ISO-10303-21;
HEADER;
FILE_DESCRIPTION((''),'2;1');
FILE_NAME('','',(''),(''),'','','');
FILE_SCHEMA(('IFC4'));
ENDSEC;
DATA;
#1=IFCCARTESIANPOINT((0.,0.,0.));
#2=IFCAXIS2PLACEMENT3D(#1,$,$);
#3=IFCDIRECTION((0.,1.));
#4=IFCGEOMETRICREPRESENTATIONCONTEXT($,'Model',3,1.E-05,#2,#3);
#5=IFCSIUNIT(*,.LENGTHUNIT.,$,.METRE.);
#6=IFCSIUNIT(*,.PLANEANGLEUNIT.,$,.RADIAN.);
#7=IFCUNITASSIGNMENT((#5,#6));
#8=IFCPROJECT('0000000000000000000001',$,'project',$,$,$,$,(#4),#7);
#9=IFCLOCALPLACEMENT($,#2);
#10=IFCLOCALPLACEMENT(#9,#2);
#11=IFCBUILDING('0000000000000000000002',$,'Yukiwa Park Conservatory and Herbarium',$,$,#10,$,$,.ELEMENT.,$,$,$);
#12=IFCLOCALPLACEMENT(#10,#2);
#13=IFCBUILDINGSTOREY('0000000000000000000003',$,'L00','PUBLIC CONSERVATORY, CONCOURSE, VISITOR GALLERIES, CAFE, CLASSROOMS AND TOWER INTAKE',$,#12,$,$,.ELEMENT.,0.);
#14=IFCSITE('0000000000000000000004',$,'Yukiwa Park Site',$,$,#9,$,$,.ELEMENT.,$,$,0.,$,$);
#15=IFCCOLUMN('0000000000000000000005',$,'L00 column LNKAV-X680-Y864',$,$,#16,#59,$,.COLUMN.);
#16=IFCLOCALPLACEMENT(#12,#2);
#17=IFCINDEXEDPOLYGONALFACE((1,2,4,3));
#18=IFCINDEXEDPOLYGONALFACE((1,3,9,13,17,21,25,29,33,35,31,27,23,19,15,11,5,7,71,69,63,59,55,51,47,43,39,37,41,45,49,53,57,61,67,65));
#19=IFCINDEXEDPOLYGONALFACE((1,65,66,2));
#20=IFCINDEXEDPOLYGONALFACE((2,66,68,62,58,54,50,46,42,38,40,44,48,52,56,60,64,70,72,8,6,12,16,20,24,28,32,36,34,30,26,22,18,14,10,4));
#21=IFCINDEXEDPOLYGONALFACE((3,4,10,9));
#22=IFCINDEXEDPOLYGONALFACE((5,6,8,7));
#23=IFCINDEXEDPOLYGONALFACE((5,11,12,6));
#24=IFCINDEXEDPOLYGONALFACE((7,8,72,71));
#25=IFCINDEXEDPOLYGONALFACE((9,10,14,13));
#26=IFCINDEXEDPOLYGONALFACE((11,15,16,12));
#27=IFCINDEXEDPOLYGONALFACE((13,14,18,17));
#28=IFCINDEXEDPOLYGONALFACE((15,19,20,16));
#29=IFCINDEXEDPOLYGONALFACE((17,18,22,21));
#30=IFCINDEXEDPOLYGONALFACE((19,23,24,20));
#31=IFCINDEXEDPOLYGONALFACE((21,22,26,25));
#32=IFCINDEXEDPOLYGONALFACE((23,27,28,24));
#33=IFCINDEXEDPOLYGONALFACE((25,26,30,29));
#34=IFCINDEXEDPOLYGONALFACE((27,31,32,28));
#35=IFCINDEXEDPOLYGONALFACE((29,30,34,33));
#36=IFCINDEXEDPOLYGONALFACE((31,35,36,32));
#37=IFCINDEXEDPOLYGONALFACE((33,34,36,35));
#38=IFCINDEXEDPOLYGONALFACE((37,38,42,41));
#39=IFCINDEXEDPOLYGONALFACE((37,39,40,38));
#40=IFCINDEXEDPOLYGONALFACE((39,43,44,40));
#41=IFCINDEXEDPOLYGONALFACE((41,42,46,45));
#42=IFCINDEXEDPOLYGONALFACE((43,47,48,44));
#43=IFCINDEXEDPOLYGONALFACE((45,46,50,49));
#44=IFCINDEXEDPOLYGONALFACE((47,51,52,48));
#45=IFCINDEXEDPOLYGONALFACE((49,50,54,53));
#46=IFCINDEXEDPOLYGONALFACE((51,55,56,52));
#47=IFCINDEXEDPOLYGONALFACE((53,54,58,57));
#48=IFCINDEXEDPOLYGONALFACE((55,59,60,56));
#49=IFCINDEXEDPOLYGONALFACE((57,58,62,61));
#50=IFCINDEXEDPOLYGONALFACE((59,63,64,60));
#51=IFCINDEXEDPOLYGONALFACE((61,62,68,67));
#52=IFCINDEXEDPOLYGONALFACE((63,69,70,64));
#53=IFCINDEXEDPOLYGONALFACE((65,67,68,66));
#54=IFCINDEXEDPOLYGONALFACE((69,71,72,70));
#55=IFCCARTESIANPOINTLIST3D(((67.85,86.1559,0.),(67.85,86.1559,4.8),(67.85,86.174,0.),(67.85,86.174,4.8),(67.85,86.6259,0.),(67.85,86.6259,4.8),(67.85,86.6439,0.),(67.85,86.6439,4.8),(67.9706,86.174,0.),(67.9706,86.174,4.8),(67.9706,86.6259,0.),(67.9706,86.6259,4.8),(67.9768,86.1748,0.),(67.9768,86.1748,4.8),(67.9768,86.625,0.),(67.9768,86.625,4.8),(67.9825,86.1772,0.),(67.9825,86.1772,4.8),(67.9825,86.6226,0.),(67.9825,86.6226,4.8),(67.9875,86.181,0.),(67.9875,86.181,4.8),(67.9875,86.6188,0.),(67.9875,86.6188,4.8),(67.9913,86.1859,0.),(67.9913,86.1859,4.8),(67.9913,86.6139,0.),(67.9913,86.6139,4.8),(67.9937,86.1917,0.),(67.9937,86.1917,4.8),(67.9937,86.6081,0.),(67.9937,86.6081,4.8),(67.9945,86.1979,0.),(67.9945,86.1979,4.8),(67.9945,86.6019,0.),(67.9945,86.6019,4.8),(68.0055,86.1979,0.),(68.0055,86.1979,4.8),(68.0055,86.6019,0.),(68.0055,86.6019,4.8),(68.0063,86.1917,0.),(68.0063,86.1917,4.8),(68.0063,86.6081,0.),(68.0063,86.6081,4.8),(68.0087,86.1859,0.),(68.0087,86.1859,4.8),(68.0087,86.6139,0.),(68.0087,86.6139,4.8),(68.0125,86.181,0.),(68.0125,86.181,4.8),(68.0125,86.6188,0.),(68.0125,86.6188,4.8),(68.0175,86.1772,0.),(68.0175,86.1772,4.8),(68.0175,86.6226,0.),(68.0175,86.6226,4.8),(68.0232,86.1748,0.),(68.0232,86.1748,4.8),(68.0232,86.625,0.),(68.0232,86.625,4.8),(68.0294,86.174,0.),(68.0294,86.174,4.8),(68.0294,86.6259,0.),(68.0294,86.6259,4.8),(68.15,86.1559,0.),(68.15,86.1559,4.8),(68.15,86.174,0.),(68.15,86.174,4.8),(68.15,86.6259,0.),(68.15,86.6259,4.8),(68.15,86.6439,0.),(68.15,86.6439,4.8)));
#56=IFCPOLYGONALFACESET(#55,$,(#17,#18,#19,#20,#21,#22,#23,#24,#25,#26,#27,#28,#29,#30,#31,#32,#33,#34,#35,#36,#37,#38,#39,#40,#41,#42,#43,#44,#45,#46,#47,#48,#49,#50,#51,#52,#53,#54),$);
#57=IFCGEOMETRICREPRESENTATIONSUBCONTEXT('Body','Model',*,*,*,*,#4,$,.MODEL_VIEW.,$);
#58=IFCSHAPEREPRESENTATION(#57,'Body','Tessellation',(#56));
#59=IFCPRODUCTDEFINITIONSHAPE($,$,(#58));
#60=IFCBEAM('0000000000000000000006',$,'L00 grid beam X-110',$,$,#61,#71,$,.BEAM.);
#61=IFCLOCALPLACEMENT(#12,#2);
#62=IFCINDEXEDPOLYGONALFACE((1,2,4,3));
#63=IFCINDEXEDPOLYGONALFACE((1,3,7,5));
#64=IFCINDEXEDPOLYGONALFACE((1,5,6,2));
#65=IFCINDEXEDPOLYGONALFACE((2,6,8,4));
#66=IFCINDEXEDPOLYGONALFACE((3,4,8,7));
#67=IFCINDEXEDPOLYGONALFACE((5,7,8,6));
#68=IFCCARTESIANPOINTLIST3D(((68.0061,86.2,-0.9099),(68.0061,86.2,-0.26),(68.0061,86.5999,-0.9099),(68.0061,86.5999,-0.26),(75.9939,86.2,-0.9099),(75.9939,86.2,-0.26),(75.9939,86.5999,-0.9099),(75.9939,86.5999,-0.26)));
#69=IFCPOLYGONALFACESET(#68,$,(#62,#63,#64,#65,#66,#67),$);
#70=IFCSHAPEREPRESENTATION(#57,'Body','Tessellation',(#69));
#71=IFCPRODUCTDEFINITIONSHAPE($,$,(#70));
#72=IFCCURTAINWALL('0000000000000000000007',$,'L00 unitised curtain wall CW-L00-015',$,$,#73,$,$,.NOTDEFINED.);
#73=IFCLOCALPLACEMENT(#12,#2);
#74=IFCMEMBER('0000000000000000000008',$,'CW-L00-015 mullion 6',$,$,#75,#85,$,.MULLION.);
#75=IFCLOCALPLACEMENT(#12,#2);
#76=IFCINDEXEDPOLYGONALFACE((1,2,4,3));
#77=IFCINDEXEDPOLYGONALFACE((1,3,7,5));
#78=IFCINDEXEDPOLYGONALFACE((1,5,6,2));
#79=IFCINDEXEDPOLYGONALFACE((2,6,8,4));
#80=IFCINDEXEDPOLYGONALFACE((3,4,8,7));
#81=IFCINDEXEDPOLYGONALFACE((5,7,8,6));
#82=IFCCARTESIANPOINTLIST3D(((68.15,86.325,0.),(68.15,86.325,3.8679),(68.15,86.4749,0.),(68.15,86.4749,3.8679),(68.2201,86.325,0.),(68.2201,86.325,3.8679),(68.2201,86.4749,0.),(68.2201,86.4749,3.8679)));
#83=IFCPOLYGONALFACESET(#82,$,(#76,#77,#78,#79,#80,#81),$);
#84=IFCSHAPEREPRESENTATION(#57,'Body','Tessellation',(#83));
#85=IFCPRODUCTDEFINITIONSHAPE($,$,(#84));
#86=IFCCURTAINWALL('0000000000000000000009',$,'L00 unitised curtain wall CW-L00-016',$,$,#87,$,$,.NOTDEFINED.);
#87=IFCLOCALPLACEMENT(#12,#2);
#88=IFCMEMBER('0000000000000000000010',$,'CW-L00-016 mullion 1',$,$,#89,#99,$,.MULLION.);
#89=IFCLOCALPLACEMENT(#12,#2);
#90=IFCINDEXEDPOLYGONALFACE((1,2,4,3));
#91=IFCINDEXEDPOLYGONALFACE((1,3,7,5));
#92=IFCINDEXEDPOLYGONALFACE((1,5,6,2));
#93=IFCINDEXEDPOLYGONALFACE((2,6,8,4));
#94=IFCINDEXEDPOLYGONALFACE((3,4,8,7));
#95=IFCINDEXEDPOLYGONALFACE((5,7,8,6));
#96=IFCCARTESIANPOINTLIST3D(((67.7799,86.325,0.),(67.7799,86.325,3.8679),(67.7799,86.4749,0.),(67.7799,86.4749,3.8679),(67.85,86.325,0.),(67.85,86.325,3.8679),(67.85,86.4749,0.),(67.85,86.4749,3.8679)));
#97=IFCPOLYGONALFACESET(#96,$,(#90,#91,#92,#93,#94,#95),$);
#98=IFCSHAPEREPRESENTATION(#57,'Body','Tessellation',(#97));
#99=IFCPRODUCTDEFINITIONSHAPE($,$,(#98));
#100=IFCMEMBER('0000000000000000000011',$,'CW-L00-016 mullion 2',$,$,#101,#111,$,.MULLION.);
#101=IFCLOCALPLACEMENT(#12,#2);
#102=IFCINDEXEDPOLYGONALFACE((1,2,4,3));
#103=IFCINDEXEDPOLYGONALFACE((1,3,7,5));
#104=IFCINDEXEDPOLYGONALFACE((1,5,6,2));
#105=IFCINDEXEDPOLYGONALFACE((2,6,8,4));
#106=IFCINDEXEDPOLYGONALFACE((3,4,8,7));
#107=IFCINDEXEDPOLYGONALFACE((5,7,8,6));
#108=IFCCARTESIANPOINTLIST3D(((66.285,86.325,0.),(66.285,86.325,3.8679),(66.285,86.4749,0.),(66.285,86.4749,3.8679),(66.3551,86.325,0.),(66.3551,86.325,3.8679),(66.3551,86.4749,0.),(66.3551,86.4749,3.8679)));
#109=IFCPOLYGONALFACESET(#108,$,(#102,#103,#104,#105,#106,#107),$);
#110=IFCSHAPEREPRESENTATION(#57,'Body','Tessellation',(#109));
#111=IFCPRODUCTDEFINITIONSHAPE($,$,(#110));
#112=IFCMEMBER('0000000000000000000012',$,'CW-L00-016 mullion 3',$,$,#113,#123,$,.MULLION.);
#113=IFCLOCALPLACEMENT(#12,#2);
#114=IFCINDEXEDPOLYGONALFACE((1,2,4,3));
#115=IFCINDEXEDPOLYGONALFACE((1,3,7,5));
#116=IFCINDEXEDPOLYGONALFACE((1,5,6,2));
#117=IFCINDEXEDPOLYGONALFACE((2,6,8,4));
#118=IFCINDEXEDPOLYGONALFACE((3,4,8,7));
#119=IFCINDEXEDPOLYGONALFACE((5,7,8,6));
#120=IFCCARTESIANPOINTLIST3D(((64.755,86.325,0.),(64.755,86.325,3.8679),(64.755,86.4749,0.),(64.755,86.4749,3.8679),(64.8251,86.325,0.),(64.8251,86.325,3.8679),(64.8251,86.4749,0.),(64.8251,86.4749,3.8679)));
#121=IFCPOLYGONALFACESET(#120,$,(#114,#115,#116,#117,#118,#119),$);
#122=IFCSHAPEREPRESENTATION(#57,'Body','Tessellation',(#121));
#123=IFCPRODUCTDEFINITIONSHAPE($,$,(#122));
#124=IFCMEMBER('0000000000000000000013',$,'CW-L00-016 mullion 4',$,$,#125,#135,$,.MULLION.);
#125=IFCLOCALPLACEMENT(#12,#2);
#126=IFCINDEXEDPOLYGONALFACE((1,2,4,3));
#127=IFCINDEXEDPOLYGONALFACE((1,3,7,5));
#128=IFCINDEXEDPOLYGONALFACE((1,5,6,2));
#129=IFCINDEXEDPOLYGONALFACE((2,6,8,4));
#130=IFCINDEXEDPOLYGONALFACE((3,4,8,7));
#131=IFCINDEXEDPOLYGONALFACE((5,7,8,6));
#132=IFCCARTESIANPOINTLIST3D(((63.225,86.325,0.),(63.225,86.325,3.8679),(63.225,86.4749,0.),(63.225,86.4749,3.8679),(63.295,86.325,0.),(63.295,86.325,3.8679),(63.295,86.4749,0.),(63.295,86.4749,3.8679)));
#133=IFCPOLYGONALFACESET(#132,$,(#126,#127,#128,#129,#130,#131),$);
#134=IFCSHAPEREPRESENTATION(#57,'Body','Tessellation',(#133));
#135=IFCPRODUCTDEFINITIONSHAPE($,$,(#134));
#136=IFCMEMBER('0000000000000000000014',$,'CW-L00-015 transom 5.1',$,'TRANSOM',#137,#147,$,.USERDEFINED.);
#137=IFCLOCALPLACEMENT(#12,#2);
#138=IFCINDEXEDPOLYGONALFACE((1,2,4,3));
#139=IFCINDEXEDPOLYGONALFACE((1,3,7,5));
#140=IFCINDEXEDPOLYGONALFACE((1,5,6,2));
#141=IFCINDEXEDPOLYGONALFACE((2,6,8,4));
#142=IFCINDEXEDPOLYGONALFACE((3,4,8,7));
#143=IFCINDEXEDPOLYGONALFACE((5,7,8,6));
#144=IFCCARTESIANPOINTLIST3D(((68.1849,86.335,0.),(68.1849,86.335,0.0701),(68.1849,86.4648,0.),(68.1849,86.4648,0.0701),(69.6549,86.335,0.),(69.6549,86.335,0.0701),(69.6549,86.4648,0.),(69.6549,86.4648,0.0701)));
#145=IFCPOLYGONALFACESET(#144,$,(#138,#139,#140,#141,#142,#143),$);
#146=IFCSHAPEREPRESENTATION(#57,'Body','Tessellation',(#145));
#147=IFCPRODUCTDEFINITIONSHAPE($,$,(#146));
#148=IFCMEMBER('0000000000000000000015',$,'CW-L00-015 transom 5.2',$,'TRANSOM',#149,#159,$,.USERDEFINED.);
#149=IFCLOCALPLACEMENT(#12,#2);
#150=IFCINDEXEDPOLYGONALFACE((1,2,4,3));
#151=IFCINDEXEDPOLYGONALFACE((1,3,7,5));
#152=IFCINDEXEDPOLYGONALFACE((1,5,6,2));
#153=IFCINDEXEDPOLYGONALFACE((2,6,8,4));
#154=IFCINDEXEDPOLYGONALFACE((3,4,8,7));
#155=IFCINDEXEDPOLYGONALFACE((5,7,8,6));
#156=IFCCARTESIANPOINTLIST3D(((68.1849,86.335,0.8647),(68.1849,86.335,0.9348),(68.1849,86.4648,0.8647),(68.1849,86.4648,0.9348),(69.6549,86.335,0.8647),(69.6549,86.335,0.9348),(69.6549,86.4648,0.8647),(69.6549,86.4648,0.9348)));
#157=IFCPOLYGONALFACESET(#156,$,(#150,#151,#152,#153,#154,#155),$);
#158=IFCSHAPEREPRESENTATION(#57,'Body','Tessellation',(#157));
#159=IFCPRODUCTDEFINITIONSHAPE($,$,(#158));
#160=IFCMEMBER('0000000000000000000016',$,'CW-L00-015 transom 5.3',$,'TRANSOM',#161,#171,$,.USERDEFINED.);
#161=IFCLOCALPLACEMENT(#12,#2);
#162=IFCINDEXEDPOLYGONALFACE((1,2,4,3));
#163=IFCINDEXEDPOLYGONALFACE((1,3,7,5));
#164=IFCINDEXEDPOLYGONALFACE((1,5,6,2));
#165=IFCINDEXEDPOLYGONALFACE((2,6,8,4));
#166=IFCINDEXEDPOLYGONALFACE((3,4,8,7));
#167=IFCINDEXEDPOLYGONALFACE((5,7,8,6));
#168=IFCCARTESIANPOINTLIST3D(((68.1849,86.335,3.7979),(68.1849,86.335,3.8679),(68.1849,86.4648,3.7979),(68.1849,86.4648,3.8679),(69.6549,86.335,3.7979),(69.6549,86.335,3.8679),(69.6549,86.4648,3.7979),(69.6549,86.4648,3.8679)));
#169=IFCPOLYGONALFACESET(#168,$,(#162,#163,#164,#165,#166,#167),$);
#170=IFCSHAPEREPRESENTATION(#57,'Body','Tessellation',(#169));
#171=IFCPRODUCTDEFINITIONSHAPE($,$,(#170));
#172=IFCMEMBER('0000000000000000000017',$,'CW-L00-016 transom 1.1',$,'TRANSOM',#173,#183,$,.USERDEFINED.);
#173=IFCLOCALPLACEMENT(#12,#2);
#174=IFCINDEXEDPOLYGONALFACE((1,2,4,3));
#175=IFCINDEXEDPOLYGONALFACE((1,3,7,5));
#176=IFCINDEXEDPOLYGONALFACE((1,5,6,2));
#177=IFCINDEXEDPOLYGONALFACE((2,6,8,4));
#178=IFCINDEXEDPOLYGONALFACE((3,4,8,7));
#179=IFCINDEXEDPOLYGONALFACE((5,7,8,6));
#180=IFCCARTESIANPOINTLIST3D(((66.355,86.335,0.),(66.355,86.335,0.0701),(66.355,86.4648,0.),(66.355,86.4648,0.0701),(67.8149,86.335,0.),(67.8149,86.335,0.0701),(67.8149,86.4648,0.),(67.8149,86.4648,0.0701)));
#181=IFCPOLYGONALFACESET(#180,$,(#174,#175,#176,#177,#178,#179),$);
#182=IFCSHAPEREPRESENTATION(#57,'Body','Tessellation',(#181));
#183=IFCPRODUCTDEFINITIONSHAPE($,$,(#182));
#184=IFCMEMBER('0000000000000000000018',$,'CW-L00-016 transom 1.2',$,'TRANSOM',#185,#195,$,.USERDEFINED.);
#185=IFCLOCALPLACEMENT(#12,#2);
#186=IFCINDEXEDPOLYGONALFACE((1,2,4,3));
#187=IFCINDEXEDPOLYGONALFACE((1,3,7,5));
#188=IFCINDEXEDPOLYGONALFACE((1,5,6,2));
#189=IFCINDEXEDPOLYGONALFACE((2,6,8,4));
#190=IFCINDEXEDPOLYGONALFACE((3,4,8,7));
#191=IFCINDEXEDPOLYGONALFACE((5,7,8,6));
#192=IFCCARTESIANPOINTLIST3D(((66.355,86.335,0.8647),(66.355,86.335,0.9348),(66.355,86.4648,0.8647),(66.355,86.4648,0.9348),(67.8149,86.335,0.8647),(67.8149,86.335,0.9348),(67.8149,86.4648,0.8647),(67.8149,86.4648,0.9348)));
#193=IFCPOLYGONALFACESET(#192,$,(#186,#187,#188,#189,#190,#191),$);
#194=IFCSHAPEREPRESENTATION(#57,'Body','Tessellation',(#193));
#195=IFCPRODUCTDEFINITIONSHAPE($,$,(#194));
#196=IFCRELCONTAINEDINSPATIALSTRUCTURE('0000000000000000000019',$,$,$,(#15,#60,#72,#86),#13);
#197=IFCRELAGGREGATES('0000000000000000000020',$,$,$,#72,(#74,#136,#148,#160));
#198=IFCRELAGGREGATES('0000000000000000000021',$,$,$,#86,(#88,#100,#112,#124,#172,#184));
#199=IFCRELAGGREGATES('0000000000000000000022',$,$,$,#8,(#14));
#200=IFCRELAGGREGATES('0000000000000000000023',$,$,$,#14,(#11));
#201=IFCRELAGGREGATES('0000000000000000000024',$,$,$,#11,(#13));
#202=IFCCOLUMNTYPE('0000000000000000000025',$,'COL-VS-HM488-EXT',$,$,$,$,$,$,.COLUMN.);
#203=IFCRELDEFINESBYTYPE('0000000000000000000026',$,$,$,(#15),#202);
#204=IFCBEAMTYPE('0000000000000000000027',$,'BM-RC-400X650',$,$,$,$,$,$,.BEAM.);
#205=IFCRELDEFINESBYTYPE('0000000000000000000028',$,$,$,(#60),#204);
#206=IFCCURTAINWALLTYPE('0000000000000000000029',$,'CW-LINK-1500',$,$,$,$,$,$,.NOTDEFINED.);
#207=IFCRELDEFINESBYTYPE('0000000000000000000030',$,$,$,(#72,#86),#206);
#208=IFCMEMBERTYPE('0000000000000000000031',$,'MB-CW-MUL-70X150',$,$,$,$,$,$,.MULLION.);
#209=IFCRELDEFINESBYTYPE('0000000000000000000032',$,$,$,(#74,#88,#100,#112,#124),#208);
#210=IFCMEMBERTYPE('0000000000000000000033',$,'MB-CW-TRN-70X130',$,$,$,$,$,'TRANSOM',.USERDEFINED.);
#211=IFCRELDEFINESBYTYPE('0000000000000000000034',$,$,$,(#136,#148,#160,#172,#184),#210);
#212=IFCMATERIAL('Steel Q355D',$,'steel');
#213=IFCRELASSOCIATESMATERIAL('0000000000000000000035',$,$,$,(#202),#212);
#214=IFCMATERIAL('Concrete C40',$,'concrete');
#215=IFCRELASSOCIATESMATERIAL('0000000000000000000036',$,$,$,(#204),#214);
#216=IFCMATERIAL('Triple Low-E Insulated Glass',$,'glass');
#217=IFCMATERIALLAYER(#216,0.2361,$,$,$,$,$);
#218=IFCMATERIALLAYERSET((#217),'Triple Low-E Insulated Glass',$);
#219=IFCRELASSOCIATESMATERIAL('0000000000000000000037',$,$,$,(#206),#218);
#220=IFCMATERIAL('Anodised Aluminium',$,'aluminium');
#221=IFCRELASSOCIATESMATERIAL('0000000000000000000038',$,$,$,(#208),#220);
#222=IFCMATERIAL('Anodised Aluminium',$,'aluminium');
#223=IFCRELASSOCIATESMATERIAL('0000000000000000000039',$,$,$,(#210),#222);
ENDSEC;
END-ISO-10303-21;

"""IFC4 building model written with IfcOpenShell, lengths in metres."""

from ifc_helpers import new_model, si_unit, direction, frame, origin, origin_2d, place, context, subcontext, project, spatial, rectangle, i_section, extrude, material, layer, layer_set, material_profile, profile_set, type_object, element, aggregate, save


model = new_model("IFC4")

# Units and contexts
model_context = context("Model", 3, precision=1e-05, world=origin(), true_north=direction((0.0, 1.0)))
body_context = subcontext(model_context, "Body", "Model", "MODEL_VIEW")
ifc_project = project(units=[si_unit("LENGTHUNIT", "METRE"), si_unit("PLANEANGLEUNIT", "RADIAN")], contexts=[model_context])

# Site, building, storey
site_placement = place(None, origin())
site = spatial("IfcSite", under=ifc_project, at=site_placement, Name="Yukiwa Park Site", CompositionType="ELEMENT", RefElevation=0.0)
building_placement = place(site_placement, origin())
building = spatial("IfcBuilding", under=site, at=building_placement, Name="Yukiwa Park Conservatory and Herbarium", CompositionType="ELEMENT")
storey_placement = place(building_placement, origin())
storey = spatial("IfcBuildingStorey", under=building, at=storey_placement, Name="L00", Description="PUBLIC CONSERVATORY, CONCOURSE, VISITOR GALLERIES, CAFE, CLASSROOMS AND TOWER INTAKE", CompositionType="ELEMENT", Elevation=0.0)

# Column
ifc_material_1 = material(Name="Steel Q355D", Category="steel")
ifc_material_profile_1 = material_profile(ifc_material_1, i_section(OverallWidth=0.3, OverallDepth=0.488, WebThickness=0.011, FlangeThickness=0.0181, FilletRadius=0.0239, at=origin_2d()), Name="HM 488x300x11x18")
ifc_profile_set_1 = profile_set([ifc_material_profile_1], Name="Steel Q355D")
column_type = type_object("IfcColumnType", Name="COL-VS-HM488-EXT", PredefinedType="COLUMN", material=ifc_profile_set_1)
column_placement = place(storey_placement, frame((68.0, 86.3999, 0.0), z_axis=(0.0, 0.0, 1.0), x_axis=(1.0, 0.0, 0.0)))
element("IfcColumn", 1, at=column_placement, inside=storey, type_object=column_type, Name="L00 column LNKAV-X680-Y864", PredefinedType="COLUMN", context=body_context, shape_type="SweptSolid", body=[
    extrude(i_section(OverallWidth=0.3, OverallDepth=0.488, WebThickness=0.011, FlangeThickness=0.0181, FilletRadius=0.0239, at=origin_2d()), origin(), (0.0, 0.0, 1.0), 4.8),
])

# Beam
ifc_material_2 = material(Name="Concrete C40", Category="concrete")
ifc_material_profile_2 = material_profile(ifc_material_2, rectangle(XDim=0.3999, YDim=0.6499, at=origin_2d()), Name="RC 400x650")
ifc_profile_set_2 = profile_set([ifc_material_profile_2], Name="Concrete C40")
beam_type = type_object("IfcBeamType", Name="BM-RC-400X650", PredefinedType="BEAM", material=ifc_profile_set_2)
beam_placement = place(storey_placement, frame((68.0061, 86.3999, -0.585), z_axis=(1.0, 0.0, 0.0), x_axis=(0.0, 1.0, 0.0)))
element("IfcBeam", 2, at=beam_placement, inside=storey, type_object=beam_type, Name="L00 grid beam X-110", PredefinedType="BEAM", context=body_context, shape_type="SweptSolid", body=[
    extrude(rectangle(XDim=0.3999, YDim=0.6499, at=origin_2d()), origin(), (0.0, 0.0, 1.0), 7.9878),
])

# Curtain wall, member
ifc_material_3 = material(Name="Triple Low-E Insulated Glass", Category="glass")
ifc_layer_1 = layer(ifc_material_3, 0.2361)
ifc_layer_set_1 = layer_set([ifc_layer_1], Name="Triple Low-E Insulated Glass")
curtain_wall_type = type_object("IfcCurtainWallType", Name="CW-LINK-1500", PredefinedType="NOTDEFINED", material=ifc_layer_set_1)
curtain_wall_1_placement = place(storey_placement, origin())
curtain_wall_1 = element("IfcCurtainWall", 3, at=curtain_wall_1_placement, inside=storey, type_object=curtain_wall_type, Name="L00 unitised curtain wall CW-L00-015", PredefinedType="NOTDEFINED")
ifc_material_4 = material(Name="Anodised Aluminium", Category="aluminium")
member_type_1 = type_object("IfcMemberType", Name="MB-CW-MUL-70X150", PredefinedType="MULLION", material=ifc_material_4)
member_1_placement = place(storey_placement, frame((68.1851, 86.3999, 0.0), z_axis=(0.0, 0.0, 1.0), x_axis=(-1.0, 0.0, 0.0)))
member_1 = element("IfcMember", 4, at=member_1_placement, type_object=member_type_1, Name="CW-L00-015 mullion 6", PredefinedType="MULLION", context=body_context, shape_type="SweptSolid", body=[
    extrude(rectangle(XDim=0.0701, YDim=0.1499, at=origin_2d()), origin(), (0.0, 0.0, 1.0), 3.8679),
])

# Curtain wall, members
curtain_wall_2_placement = place(storey_placement, origin())
curtain_wall_2 = element("IfcCurtainWall", 5, at=curtain_wall_2_placement, inside=storey, type_object=curtain_wall_type, Name="L00 unitised curtain wall CW-L00-016", PredefinedType="NOTDEFINED")
member_2_placement = place(storey_placement, frame((67.8149, 86.3999, 0.0), z_axis=(0.0, 0.0, 1.0), x_axis=(-1.0, 0.0, 0.0)))
member_2 = element("IfcMember", 6, at=member_2_placement, type_object=member_type_1, Name="CW-L00-016 mullion 1", PredefinedType="MULLION", context=body_context, shape_type="SweptSolid", body=[
    extrude(rectangle(XDim=0.0701, YDim=0.1499, at=origin_2d()), origin(), (0.0, 0.0, 1.0), 3.8679),
])
member_3_placement = place(storey_placement, frame((66.3201, 86.3999, 0.0), z_axis=(0.0, 0.0, 1.0), x_axis=(-1.0, 0.0, 0.0)))
member_3 = element("IfcMember", 7, at=member_3_placement, type_object=member_type_1, Name="CW-L00-016 mullion 2", PredefinedType="MULLION", context=body_context, shape_type="SweptSolid", body=[
    extrude(rectangle(XDim=0.0701, YDim=0.1499, at=origin_2d()), origin(), (0.0, 0.0, 1.0), 3.8679),
])
member_4_placement = place(storey_placement, frame((64.79, 86.3999, 0.0), z_axis=(0.0, 0.0, 1.0), x_axis=(-1.0, 0.0, 0.0)))
member_4 = element("IfcMember", 8, at=member_4_placement, type_object=member_type_1, Name="CW-L00-016 mullion 3", PredefinedType="MULLION", context=body_context, shape_type="SweptSolid", body=[
    extrude(rectangle(XDim=0.0701, YDim=0.1499, at=origin_2d()), origin(), (0.0, 0.0, 1.0), 3.8679),
])
member_5_placement = place(storey_placement, frame((63.26, 86.3999, 0.0), z_axis=(0.0, 0.0, 1.0), x_axis=(-1.0, 0.0, 0.0)))
member_5 = element("IfcMember", 9, at=member_5_placement, type_object=member_type_1, Name="CW-L00-016 mullion 4", PredefinedType="MULLION", context=body_context, shape_type="SweptSolid", body=[
    extrude(rectangle(XDim=0.0701, YDim=0.1499, at=origin_2d()), origin(), (0.0, 0.0, 1.0), 3.8679),
])

# Members
ifc_material_5 = material(Name="Anodised Aluminium", Category="aluminium")
member_type_2 = type_object("IfcMemberType", Name="MB-CW-TRN-70X130", ElementType="TRANSOM", PredefinedType="USERDEFINED", material=ifc_material_5)
member_6_placement = place(storey_placement, frame((68.9199, 86.3999, 0.0), z_axis=(0.0, 0.0, 1.0), x_axis=(-1.0, 0.0, 0.0)))
member_6 = element("IfcMember", 10, at=member_6_placement, type_object=member_type_2, Name="CW-L00-015 transom 5.1", ObjectType="TRANSOM", PredefinedType="USERDEFINED", context=body_context, shape_type="SweptSolid", body=[
    extrude(rectangle(XDim=1.47, YDim=0.1299, at=origin_2d()), origin(), (0.0, 0.0, 1.0), 0.0701),
])
member_7_placement = place(storey_placement, frame((68.9199, 86.3999, 0.8647), z_axis=(0.0, 0.0, 1.0), x_axis=(-1.0, 0.0, 0.0)))
member_7 = element("IfcMember", 11, at=member_7_placement, type_object=member_type_2, Name="CW-L00-015 transom 5.2", ObjectType="TRANSOM", PredefinedType="USERDEFINED", context=body_context, shape_type="SweptSolid", body=[
    extrude(rectangle(XDim=1.47, YDim=0.1299, at=origin_2d()), origin(), (0.0, 0.0, 1.0), 0.0701),
])
member_8_placement = place(storey_placement, frame((68.9199, 86.3999, 3.7979), z_axis=(0.0, 0.0, 1.0), x_axis=(-1.0, 0.0, 0.0)))
member_8 = element("IfcMember", 12, at=member_8_placement, type_object=member_type_2, Name="CW-L00-015 transom 5.3", ObjectType="TRANSOM", PredefinedType="USERDEFINED", context=body_context, shape_type="SweptSolid", body=[
    extrude(rectangle(XDim=1.47, YDim=0.1299, at=origin_2d()), origin(), (0.0, 0.0, 1.0), 0.0701),
])
member_9_placement = place(storey_placement, frame((67.085, 86.3999, 0.0), z_axis=(0.0, 0.0, 1.0), x_axis=(-1.0, 0.0, 0.0)))
member_9 = element("IfcMember", 13, at=member_9_placement, type_object=member_type_2, Name="CW-L00-016 transom 1.1", ObjectType="TRANSOM", PredefinedType="USERDEFINED", context=body_context, shape_type="SweptSolid", body=[
    extrude(rectangle(XDim=1.46, YDim=0.1299, at=origin_2d()), origin(), (0.0, 0.0, 1.0), 0.0701),
])
member_10_placement = place(storey_placement, frame((67.085, 86.3999, 0.8647), z_axis=(0.0, 0.0, 1.0), x_axis=(-1.0, 0.0, 0.0)))
member_10 = element("IfcMember", 14, at=member_10_placement, type_object=member_type_2, Name="CW-L00-016 transom 1.2", ObjectType="TRANSOM", PredefinedType="USERDEFINED", context=body_context, shape_type="SweptSolid", body=[
    extrude(rectangle(XDim=1.46, YDim=0.1299, at=origin_2d()), origin(), (0.0, 0.0, 1.0), 0.0701),
])

aggregate(curtain_wall_1, [member_1, member_6, member_7, member_8])
aggregate(curtain_wall_2, [member_2, member_3, member_4, member_5, member_9, member_10])

save(model, "model.ifc")
